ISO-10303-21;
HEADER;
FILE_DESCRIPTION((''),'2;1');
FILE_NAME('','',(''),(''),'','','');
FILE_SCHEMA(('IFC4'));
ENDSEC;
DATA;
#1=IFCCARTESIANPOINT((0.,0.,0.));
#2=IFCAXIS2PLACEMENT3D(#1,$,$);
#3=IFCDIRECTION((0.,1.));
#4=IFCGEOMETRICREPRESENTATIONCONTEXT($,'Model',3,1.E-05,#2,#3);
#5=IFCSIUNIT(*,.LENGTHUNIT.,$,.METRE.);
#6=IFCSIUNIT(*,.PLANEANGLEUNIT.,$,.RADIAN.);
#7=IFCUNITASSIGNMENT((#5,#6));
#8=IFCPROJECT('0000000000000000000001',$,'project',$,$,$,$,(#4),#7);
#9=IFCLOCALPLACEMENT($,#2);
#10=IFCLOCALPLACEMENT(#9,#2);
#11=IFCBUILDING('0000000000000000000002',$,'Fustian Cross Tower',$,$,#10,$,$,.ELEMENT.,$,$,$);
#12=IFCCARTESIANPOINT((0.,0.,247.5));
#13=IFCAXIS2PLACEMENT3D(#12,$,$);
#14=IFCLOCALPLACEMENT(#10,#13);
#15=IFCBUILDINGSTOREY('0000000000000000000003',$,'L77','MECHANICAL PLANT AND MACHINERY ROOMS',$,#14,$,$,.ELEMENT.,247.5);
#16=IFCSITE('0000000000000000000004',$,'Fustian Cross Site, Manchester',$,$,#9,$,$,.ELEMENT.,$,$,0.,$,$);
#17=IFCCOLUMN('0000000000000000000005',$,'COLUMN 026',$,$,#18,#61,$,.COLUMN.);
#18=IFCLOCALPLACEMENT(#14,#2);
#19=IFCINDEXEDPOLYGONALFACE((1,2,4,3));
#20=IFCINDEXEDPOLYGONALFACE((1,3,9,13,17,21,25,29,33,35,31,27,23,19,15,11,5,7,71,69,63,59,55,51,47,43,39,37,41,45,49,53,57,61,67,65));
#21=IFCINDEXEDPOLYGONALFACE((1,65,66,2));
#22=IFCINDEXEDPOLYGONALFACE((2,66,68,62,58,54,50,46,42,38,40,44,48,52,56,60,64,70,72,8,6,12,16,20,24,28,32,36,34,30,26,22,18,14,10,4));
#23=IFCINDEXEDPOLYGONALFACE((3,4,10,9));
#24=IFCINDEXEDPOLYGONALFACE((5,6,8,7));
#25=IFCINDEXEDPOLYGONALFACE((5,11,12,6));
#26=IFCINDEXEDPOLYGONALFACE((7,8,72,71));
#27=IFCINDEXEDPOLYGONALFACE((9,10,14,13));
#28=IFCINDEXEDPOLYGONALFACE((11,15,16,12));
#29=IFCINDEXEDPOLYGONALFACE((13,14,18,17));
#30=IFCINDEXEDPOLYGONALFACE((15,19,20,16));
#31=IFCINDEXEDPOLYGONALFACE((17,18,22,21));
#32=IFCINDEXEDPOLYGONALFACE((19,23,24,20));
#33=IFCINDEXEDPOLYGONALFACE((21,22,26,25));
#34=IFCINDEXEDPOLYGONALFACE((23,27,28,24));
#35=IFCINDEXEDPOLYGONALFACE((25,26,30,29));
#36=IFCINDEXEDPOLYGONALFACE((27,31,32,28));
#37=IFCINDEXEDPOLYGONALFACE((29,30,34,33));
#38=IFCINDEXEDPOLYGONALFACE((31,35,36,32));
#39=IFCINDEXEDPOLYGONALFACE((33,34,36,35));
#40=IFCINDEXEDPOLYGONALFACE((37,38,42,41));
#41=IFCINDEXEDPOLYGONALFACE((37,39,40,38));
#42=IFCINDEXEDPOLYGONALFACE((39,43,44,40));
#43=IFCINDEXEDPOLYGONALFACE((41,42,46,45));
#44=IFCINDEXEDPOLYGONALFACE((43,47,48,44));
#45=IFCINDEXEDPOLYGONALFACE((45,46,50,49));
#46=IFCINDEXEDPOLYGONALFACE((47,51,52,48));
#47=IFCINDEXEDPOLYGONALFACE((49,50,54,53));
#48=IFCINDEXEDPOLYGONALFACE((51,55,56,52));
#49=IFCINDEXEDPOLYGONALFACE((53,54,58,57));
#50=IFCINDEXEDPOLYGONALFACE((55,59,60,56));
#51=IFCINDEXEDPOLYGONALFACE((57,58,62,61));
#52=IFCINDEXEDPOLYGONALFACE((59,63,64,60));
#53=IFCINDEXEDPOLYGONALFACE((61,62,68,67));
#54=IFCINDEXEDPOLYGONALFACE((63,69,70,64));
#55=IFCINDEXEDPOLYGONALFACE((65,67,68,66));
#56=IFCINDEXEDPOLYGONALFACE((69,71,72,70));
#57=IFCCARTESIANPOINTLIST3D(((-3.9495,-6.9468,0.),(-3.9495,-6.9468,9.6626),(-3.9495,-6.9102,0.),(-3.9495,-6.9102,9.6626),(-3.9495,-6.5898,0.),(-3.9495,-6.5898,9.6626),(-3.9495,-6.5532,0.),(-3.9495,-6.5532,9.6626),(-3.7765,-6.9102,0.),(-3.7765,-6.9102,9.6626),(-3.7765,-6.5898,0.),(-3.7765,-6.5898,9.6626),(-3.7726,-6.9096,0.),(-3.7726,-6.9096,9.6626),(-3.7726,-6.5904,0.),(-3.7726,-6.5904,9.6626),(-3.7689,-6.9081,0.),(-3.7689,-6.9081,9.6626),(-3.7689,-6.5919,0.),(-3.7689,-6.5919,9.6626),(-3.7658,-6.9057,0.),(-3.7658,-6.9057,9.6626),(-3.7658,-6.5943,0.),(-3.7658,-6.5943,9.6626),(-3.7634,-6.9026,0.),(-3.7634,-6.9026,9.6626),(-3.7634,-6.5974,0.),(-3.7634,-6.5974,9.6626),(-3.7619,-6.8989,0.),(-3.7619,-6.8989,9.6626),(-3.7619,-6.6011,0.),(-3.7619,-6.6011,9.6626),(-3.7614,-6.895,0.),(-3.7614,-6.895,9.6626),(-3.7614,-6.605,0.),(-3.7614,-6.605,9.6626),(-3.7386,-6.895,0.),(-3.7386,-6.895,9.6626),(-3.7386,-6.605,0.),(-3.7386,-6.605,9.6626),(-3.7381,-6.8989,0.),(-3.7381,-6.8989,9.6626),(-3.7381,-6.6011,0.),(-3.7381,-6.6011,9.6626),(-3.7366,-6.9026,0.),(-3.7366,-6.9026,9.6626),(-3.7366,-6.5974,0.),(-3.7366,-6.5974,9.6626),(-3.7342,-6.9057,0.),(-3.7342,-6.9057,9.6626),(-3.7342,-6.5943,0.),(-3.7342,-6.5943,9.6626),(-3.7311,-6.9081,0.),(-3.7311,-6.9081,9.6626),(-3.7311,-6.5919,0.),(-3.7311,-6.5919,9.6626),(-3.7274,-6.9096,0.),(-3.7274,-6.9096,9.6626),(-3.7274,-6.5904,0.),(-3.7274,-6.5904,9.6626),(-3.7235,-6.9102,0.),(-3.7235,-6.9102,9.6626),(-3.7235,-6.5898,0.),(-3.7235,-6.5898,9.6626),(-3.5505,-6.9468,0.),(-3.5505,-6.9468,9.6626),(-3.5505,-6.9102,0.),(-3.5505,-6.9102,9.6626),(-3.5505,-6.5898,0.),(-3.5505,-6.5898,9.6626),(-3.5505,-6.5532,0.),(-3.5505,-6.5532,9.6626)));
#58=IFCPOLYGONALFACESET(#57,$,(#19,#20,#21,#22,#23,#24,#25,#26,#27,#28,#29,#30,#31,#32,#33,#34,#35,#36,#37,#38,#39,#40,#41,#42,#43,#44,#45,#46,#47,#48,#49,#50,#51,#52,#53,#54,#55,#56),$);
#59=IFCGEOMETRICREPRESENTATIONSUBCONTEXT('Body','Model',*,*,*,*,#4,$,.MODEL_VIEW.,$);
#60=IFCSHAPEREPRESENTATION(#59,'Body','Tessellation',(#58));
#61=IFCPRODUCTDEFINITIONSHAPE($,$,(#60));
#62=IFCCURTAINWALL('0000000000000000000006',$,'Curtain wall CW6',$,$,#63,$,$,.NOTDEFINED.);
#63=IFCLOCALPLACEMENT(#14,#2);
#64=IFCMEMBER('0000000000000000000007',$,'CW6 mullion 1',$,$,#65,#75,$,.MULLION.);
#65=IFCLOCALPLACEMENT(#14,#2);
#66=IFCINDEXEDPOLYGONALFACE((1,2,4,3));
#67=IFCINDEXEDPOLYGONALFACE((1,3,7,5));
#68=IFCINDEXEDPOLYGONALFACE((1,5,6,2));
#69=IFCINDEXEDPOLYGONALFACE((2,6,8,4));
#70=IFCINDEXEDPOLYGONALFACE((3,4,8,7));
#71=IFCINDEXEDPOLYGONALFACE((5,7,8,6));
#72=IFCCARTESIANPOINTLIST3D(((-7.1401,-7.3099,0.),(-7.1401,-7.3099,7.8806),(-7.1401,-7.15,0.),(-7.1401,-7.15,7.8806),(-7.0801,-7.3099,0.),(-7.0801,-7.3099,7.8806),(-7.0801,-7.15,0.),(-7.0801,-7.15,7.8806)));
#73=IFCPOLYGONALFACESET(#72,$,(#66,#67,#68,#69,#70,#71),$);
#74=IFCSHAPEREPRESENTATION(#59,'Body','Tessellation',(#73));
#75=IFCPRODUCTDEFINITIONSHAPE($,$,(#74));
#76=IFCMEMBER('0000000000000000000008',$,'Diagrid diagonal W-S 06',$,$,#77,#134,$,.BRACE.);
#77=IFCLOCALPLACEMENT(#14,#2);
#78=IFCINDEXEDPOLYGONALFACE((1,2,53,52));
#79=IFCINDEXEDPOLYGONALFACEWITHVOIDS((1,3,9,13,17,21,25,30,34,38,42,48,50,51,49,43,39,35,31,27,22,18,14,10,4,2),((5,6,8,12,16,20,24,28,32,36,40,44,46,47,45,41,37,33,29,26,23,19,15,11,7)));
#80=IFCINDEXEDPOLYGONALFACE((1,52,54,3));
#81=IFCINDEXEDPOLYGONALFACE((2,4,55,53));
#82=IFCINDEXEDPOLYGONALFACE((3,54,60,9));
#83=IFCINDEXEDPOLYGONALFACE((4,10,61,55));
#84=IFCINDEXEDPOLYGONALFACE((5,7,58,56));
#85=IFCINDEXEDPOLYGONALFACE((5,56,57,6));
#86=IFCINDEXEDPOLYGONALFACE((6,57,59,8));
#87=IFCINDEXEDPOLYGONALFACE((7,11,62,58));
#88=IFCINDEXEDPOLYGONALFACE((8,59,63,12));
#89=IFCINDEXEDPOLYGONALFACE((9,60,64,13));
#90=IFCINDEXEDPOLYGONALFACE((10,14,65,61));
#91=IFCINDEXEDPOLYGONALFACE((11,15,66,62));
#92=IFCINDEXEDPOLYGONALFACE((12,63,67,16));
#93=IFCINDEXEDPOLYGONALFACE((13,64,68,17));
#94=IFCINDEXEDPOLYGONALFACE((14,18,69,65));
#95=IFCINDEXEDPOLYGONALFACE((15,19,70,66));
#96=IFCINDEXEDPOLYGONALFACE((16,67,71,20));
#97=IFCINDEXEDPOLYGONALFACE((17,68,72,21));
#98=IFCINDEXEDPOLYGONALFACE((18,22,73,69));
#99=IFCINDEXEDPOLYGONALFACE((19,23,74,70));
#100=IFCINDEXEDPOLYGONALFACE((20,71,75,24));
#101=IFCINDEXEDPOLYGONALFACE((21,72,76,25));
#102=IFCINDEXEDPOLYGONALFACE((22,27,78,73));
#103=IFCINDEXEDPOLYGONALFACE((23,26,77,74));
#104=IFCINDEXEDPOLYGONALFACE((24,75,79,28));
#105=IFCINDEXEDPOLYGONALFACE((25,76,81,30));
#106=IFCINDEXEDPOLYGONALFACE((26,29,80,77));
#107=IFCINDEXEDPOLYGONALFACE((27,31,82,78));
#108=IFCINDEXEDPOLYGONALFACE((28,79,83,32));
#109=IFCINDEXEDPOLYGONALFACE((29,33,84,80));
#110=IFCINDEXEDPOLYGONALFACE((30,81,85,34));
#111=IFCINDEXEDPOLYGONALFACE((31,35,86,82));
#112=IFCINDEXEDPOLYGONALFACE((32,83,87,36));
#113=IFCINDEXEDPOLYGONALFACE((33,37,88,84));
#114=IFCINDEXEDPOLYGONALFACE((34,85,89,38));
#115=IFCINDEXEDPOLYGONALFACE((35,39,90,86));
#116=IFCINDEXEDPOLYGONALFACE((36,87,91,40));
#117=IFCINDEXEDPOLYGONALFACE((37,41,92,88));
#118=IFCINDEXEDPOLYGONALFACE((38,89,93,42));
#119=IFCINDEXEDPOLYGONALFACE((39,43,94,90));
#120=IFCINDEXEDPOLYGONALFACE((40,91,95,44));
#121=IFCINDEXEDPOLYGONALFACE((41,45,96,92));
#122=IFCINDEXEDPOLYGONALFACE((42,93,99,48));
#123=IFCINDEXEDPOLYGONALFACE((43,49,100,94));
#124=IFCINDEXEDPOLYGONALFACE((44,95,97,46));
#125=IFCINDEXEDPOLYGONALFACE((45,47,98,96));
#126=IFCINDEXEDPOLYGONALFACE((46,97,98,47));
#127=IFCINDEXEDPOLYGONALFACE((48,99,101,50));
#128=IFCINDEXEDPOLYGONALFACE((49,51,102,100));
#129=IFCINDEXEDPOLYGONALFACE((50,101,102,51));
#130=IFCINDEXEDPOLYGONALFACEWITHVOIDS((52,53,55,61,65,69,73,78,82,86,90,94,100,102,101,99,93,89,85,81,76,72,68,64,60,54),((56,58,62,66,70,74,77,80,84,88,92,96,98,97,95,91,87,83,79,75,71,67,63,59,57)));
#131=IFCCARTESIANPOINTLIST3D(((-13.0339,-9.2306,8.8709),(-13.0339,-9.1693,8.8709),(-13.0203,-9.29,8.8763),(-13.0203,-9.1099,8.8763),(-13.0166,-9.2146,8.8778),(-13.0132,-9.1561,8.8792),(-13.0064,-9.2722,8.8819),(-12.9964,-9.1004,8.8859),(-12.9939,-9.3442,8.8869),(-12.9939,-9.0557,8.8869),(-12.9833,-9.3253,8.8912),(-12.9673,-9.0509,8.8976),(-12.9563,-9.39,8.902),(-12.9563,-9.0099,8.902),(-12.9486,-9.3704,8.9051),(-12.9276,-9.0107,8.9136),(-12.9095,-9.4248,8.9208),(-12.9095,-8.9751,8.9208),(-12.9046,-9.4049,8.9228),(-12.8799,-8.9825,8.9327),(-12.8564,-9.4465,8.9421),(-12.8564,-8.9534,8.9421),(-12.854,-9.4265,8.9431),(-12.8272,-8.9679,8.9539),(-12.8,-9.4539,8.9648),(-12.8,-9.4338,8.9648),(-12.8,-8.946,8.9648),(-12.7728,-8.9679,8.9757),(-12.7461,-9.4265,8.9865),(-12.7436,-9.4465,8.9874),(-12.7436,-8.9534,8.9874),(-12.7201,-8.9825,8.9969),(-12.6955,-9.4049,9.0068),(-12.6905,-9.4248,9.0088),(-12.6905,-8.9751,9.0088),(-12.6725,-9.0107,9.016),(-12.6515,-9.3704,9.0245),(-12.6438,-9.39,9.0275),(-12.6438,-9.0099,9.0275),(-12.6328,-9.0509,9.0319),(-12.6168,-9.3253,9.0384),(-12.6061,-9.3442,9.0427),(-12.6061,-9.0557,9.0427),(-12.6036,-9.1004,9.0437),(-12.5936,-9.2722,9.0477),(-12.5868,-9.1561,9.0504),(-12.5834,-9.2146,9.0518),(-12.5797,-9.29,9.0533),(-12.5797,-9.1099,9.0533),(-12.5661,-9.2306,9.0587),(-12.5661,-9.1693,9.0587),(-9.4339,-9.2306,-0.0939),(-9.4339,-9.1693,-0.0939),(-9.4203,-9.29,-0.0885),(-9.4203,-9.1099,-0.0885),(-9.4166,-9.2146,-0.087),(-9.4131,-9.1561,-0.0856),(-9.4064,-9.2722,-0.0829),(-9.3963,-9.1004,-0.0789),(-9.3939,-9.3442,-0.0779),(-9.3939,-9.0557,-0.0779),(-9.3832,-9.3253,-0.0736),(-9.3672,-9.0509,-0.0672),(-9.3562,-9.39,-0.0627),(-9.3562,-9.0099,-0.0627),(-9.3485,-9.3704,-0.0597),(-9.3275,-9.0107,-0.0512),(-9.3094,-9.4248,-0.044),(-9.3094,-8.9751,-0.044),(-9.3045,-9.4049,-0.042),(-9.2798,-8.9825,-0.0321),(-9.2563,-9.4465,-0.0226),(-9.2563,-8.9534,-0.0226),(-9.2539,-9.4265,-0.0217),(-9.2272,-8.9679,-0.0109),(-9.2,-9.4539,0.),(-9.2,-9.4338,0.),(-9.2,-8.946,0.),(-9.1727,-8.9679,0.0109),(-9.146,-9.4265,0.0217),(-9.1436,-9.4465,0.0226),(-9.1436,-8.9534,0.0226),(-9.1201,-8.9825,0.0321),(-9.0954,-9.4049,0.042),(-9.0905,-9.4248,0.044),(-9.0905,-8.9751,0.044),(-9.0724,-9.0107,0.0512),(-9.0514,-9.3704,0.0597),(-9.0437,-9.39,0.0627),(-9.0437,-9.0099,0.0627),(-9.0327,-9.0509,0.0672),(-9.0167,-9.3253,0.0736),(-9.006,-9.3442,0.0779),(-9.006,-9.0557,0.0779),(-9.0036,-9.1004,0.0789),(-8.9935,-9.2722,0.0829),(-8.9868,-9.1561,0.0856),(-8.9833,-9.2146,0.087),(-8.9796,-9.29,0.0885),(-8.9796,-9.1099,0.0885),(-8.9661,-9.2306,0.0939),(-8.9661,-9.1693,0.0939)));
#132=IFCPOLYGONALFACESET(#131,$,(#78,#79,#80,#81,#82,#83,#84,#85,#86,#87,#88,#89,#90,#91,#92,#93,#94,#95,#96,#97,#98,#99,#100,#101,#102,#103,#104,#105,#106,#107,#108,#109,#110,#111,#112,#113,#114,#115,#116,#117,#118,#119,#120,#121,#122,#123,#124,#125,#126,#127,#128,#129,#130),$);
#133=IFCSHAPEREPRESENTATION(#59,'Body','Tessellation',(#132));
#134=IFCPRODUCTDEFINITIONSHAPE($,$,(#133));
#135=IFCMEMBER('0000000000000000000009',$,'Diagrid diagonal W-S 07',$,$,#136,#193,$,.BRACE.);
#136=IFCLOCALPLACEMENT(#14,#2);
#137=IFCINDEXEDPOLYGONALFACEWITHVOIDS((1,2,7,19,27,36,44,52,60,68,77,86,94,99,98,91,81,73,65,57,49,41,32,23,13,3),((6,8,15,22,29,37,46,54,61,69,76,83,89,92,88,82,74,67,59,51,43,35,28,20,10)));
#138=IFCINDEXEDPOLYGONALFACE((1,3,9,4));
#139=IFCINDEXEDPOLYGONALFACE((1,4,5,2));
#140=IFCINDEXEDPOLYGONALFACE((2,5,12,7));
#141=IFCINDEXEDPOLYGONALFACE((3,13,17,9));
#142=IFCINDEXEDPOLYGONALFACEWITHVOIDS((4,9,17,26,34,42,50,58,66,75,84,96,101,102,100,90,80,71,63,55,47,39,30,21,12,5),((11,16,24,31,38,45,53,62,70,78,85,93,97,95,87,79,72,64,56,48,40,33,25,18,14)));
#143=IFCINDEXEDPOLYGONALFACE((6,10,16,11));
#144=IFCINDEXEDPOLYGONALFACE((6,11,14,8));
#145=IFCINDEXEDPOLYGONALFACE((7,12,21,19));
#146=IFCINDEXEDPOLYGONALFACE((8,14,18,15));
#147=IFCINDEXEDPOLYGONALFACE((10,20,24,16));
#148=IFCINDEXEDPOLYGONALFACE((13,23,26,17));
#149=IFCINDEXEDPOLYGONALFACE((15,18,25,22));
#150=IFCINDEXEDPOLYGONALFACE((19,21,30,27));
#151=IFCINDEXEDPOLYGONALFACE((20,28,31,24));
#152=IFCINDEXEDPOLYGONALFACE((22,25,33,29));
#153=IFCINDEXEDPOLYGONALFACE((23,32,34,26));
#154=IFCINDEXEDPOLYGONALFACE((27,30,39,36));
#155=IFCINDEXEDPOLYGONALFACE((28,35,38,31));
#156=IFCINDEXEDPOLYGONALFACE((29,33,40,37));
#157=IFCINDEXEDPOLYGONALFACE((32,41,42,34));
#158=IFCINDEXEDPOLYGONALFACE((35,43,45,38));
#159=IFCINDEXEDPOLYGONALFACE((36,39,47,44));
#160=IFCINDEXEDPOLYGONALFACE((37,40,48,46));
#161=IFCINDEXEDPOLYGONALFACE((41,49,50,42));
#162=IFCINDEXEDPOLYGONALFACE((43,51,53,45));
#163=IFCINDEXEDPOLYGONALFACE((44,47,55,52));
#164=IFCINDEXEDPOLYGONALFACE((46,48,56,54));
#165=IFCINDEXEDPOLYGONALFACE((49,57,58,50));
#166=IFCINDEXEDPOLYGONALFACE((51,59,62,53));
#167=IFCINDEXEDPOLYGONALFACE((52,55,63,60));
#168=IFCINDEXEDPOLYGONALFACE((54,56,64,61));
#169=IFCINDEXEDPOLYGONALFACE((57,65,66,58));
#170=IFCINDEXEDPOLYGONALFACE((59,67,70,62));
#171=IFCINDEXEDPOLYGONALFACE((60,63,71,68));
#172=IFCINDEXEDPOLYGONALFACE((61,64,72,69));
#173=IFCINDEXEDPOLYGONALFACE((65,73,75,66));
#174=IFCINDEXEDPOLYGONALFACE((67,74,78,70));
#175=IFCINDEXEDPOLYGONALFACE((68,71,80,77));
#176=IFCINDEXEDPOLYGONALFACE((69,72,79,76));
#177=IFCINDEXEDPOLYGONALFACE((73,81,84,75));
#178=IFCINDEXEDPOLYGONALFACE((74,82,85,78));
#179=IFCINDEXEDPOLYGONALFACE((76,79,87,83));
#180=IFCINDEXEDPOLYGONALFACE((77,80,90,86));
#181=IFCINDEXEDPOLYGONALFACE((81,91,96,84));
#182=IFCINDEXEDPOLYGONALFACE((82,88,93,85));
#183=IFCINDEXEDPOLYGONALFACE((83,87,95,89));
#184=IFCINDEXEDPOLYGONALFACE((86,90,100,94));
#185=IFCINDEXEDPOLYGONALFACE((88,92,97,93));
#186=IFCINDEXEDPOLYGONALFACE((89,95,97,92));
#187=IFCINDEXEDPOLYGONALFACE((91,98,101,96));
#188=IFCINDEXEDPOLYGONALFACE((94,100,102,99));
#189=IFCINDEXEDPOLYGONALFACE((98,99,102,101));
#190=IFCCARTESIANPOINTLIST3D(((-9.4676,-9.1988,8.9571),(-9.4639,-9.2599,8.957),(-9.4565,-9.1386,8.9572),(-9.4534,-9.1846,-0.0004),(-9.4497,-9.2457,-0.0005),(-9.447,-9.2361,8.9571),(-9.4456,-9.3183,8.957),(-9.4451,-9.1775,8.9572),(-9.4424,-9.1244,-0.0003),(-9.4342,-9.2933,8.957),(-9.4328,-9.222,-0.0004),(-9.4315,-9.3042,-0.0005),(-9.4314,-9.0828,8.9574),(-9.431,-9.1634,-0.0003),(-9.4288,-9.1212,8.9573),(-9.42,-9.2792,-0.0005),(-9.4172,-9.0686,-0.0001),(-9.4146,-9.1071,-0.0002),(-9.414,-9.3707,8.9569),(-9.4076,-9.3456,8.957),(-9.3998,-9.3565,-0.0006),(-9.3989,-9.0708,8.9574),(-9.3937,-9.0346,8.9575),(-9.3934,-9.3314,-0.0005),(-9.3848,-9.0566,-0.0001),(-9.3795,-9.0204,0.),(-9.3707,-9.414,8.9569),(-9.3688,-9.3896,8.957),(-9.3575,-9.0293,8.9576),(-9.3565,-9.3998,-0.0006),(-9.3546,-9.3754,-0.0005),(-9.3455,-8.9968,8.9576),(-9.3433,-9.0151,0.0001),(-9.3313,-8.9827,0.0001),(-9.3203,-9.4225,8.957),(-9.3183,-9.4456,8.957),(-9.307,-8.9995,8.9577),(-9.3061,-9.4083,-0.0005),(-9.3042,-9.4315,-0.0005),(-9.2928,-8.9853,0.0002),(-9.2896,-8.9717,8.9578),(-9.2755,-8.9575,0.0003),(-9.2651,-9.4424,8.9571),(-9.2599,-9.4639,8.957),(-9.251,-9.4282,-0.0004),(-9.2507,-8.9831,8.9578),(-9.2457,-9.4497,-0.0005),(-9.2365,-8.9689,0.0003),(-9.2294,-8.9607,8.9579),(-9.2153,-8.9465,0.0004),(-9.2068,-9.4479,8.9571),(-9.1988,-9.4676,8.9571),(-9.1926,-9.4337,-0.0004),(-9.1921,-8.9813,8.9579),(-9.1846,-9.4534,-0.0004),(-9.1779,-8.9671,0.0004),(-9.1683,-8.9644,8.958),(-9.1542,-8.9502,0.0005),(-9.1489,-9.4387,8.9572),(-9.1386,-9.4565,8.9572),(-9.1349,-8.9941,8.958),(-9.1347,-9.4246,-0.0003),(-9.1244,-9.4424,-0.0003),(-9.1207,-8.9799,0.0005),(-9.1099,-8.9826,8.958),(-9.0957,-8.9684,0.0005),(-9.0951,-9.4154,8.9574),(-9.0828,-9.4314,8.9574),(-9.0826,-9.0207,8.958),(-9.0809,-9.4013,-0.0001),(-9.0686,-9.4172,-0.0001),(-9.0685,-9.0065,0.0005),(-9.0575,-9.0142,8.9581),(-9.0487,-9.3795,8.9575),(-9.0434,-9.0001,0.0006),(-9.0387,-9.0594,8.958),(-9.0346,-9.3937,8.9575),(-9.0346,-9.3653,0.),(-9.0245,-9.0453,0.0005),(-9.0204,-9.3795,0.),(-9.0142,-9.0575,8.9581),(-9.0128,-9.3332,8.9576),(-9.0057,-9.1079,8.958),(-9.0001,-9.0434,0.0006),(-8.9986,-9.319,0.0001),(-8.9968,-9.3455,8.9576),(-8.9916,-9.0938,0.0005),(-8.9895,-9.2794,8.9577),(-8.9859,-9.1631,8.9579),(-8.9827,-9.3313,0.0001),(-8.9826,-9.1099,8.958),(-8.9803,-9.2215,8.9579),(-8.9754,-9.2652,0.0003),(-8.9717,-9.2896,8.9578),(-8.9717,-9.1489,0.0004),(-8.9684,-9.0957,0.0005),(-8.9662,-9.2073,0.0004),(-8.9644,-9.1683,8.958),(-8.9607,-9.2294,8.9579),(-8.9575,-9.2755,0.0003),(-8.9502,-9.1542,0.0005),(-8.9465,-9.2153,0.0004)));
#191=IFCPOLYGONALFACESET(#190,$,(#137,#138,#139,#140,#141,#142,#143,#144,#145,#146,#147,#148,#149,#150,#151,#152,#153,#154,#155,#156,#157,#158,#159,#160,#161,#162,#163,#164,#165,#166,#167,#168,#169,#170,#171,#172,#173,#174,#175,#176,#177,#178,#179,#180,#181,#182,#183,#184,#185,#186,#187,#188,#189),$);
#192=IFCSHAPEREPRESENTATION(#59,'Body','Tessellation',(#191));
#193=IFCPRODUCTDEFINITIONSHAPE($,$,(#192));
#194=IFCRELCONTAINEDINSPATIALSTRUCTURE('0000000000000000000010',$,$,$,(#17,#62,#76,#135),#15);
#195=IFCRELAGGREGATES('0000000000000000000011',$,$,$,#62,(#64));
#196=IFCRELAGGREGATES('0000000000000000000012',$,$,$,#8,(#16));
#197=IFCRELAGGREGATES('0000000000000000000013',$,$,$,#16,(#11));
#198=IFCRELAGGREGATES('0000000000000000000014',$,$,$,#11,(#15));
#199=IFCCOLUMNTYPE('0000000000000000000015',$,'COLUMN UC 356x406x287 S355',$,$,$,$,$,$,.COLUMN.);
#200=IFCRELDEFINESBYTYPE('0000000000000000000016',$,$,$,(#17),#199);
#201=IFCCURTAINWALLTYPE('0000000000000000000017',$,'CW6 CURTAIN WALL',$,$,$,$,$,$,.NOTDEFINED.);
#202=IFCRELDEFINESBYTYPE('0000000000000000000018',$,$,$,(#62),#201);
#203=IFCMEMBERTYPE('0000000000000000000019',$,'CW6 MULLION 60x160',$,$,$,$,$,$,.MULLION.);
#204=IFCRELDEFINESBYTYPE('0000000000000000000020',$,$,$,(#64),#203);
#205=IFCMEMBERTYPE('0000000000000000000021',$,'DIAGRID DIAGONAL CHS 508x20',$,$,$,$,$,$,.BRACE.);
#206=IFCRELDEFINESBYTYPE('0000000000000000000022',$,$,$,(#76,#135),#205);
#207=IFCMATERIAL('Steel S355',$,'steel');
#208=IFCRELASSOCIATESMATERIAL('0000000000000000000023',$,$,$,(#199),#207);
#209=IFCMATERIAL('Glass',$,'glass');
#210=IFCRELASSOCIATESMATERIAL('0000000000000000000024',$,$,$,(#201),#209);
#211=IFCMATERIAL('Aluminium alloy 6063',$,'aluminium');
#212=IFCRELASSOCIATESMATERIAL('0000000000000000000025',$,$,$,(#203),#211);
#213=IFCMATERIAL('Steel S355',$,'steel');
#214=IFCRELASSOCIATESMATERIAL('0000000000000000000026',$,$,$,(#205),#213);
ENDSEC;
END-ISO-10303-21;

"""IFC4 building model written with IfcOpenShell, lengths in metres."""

from ifc_helpers import new_model, si_unit, direction, frame, origin, origin_2d, place, context, subcontext, project, spatial, rectangle, hollow_circle, i_section, extrude, material, material_profile, profile_set, type_object, element, aggregate, save


model = new_model("IFC4")

# Units and contexts
model_context = context("Model", 3, precision=1e-05, world=origin(), true_north=direction((0.0, 1.0)))
body_context = subcontext(model_context, "Body", "Model", "MODEL_VIEW")
ifc_project = project(units=[si_unit("LENGTHUNIT", "METRE"), si_unit("PLANEANGLEUNIT", "RADIAN")], contexts=[model_context])

# Site, building, storey
site_placement = place(None, origin())
site = spatial("IfcSite", under=ifc_project, at=site_placement, Name="Fustian Cross Site, Manchester", CompositionType="ELEMENT", RefElevation=0.0)
building_placement = place(site_placement, origin())
building = spatial("IfcBuilding", under=site, at=building_placement, Name="Fustian Cross Tower", CompositionType="ELEMENT")
storey_placement = place(building_placement, frame((0.0, 0.0, 247.5)))
storey = spatial("IfcBuildingStorey", under=building, at=storey_placement, Name="L77", Description="MECHANICAL PLANT AND MACHINERY ROOMS", CompositionType="ELEMENT", Elevation=247.5)

# Column
ifc_material_1 = material(Name="Steel S355", Category="steel")
ifc_material_profile_1 = material_profile(ifc_material_1, i_section(OverallWidth=0.3989, OverallDepth=0.3936, WebThickness=0.0227, FlangeThickness=0.0366, FilletRadius=0.0151, at=origin_2d()), Name="UC 356x406x287")
ifc_profile_set_1 = profile_set([ifc_material_profile_1], Name="Steel S355")
column_type = type_object("IfcColumnType", Name="COLUMN UC 356x406x287 S355", PredefinedType="COLUMN", material=ifc_profile_set_1)
column_placement = place(storey_placement, frame((-3.75, -6.75, 0.0), z_axis=(0.0, 0.0, 1.0), x_axis=(1.0, 0.0, 0.0)))
element("IfcColumn", 1, at=column_placement, inside=storey, type_object=column_type, Name="COLUMN 026", PredefinedType="COLUMN", context=body_context, shape_type="SweptSolid", body=[
    extrude(i_section(OverallWidth=0.3989, OverallDepth=0.3936, WebThickness=0.0227, FlangeThickness=0.0366, FilletRadius=0.0151, at=origin_2d()), origin(), (0.0, 0.0, 1.0), 9.6626),
])

# Curtain wall, member
ifc_material_2 = material(Name="Glass", Category="glass")
curtain_wall_type = type_object("IfcCurtainWallType", Name="CW6 CURTAIN WALL", PredefinedType="NOTDEFINED", material=ifc_material_2)
curtain_wall_placement = place(storey_placement, origin())
curtain_wall = element("IfcCurtainWall", 2, at=curtain_wall_placement, inside=storey, type_object=curtain_wall_type, Name="Curtain wall CW6", PredefinedType="NOTDEFINED")
ifc_material_3 = material(Name="Aluminium alloy 6063", Category="aluminium")
ifc_material_profile_2 = material_profile(ifc_material_3, rectangle(XDim=0.0601, YDim=0.1599, at=origin_2d()), Name="CW6 MULLION 60x160")
ifc_profile_set_2 = profile_set([ifc_material_profile_2], Name="Aluminium alloy 6063")
member_type_1 = type_object("IfcMemberType", Name="CW6 MULLION 60x160", PredefinedType="MULLION", material=ifc_profile_set_2)
member_1_placement = place(storey_placement, frame((-7.1101, -7.23, 0.0), z_axis=(0.0, 0.0, 1.0), x_axis=(1.0, 0.0, 0.0)))
member_1 = element("IfcMember", 3, at=member_1_placement, type_object=member_type_1, Name="CW6 mullion 1", PredefinedType="MULLION", context=body_context, shape_type="SweptSolid", body=[
    extrude(rectangle(XDim=0.0601, YDim=0.1599, at=origin_2d()), origin(), (0.0, 0.0, 1.0), 7.8806),
])
aggregate(curtain_wall, [member_1])

# Members
ifc_material_4 = material(Name="Steel S355", Category="steel")
ifc_material_profile_3 = material_profile(ifc_material_4, hollow_circle(Radius=0.2539, WallThickness=0.02, at=origin_2d()), Name="CHS 508x20")
ifc_profile_set_3 = profile_set([ifc_material_profile_3], Name="Steel S355")
member_type_2 = type_object("IfcMemberType", Name="DIAGRID DIAGONAL CHS 508x20", PredefinedType="BRACE", material=ifc_profile_set_3)
member_2_placement = place(storey_placement, frame((-9.2, -9.2, 0.0), z_axis=(-0.372654, 0.0, 0.92797), x_axis=(0.0, -1.0, 0.0)))
element("IfcMember", 4, at=member_2_placement, inside=storey, type_object=member_type_2, Name="Diagrid diagonal W-S 06", PredefinedType="BRACE", context=body_context, shape_type="SweptSolid", body=[
    extrude(hollow_circle(Radius=0.2539, WallThickness=0.02, at=origin_2d()), origin(), (0.0, 0.0, 1.0), 9.6606),
])
member_3_placement = place(storey_placement, frame((-9.2, -9.2, 0.0), z_axis=(-0.001581, -0.001581, 0.999998), x_axis=(0.707107, -0.707107, 0.0)))
element("IfcMember", 5, at=member_3_placement, inside=storey, type_object=member_type_2, Name="Diagrid diagonal W-S 07", PredefinedType="BRACE", context=body_context, shape_type="SweptSolid", body=[
    extrude(hollow_circle(Radius=0.2539, WallThickness=0.02, at=origin_2d()), origin(), (0.0, 0.0, 1.0), 8.9575),
])

save(model, "model.ifc")
